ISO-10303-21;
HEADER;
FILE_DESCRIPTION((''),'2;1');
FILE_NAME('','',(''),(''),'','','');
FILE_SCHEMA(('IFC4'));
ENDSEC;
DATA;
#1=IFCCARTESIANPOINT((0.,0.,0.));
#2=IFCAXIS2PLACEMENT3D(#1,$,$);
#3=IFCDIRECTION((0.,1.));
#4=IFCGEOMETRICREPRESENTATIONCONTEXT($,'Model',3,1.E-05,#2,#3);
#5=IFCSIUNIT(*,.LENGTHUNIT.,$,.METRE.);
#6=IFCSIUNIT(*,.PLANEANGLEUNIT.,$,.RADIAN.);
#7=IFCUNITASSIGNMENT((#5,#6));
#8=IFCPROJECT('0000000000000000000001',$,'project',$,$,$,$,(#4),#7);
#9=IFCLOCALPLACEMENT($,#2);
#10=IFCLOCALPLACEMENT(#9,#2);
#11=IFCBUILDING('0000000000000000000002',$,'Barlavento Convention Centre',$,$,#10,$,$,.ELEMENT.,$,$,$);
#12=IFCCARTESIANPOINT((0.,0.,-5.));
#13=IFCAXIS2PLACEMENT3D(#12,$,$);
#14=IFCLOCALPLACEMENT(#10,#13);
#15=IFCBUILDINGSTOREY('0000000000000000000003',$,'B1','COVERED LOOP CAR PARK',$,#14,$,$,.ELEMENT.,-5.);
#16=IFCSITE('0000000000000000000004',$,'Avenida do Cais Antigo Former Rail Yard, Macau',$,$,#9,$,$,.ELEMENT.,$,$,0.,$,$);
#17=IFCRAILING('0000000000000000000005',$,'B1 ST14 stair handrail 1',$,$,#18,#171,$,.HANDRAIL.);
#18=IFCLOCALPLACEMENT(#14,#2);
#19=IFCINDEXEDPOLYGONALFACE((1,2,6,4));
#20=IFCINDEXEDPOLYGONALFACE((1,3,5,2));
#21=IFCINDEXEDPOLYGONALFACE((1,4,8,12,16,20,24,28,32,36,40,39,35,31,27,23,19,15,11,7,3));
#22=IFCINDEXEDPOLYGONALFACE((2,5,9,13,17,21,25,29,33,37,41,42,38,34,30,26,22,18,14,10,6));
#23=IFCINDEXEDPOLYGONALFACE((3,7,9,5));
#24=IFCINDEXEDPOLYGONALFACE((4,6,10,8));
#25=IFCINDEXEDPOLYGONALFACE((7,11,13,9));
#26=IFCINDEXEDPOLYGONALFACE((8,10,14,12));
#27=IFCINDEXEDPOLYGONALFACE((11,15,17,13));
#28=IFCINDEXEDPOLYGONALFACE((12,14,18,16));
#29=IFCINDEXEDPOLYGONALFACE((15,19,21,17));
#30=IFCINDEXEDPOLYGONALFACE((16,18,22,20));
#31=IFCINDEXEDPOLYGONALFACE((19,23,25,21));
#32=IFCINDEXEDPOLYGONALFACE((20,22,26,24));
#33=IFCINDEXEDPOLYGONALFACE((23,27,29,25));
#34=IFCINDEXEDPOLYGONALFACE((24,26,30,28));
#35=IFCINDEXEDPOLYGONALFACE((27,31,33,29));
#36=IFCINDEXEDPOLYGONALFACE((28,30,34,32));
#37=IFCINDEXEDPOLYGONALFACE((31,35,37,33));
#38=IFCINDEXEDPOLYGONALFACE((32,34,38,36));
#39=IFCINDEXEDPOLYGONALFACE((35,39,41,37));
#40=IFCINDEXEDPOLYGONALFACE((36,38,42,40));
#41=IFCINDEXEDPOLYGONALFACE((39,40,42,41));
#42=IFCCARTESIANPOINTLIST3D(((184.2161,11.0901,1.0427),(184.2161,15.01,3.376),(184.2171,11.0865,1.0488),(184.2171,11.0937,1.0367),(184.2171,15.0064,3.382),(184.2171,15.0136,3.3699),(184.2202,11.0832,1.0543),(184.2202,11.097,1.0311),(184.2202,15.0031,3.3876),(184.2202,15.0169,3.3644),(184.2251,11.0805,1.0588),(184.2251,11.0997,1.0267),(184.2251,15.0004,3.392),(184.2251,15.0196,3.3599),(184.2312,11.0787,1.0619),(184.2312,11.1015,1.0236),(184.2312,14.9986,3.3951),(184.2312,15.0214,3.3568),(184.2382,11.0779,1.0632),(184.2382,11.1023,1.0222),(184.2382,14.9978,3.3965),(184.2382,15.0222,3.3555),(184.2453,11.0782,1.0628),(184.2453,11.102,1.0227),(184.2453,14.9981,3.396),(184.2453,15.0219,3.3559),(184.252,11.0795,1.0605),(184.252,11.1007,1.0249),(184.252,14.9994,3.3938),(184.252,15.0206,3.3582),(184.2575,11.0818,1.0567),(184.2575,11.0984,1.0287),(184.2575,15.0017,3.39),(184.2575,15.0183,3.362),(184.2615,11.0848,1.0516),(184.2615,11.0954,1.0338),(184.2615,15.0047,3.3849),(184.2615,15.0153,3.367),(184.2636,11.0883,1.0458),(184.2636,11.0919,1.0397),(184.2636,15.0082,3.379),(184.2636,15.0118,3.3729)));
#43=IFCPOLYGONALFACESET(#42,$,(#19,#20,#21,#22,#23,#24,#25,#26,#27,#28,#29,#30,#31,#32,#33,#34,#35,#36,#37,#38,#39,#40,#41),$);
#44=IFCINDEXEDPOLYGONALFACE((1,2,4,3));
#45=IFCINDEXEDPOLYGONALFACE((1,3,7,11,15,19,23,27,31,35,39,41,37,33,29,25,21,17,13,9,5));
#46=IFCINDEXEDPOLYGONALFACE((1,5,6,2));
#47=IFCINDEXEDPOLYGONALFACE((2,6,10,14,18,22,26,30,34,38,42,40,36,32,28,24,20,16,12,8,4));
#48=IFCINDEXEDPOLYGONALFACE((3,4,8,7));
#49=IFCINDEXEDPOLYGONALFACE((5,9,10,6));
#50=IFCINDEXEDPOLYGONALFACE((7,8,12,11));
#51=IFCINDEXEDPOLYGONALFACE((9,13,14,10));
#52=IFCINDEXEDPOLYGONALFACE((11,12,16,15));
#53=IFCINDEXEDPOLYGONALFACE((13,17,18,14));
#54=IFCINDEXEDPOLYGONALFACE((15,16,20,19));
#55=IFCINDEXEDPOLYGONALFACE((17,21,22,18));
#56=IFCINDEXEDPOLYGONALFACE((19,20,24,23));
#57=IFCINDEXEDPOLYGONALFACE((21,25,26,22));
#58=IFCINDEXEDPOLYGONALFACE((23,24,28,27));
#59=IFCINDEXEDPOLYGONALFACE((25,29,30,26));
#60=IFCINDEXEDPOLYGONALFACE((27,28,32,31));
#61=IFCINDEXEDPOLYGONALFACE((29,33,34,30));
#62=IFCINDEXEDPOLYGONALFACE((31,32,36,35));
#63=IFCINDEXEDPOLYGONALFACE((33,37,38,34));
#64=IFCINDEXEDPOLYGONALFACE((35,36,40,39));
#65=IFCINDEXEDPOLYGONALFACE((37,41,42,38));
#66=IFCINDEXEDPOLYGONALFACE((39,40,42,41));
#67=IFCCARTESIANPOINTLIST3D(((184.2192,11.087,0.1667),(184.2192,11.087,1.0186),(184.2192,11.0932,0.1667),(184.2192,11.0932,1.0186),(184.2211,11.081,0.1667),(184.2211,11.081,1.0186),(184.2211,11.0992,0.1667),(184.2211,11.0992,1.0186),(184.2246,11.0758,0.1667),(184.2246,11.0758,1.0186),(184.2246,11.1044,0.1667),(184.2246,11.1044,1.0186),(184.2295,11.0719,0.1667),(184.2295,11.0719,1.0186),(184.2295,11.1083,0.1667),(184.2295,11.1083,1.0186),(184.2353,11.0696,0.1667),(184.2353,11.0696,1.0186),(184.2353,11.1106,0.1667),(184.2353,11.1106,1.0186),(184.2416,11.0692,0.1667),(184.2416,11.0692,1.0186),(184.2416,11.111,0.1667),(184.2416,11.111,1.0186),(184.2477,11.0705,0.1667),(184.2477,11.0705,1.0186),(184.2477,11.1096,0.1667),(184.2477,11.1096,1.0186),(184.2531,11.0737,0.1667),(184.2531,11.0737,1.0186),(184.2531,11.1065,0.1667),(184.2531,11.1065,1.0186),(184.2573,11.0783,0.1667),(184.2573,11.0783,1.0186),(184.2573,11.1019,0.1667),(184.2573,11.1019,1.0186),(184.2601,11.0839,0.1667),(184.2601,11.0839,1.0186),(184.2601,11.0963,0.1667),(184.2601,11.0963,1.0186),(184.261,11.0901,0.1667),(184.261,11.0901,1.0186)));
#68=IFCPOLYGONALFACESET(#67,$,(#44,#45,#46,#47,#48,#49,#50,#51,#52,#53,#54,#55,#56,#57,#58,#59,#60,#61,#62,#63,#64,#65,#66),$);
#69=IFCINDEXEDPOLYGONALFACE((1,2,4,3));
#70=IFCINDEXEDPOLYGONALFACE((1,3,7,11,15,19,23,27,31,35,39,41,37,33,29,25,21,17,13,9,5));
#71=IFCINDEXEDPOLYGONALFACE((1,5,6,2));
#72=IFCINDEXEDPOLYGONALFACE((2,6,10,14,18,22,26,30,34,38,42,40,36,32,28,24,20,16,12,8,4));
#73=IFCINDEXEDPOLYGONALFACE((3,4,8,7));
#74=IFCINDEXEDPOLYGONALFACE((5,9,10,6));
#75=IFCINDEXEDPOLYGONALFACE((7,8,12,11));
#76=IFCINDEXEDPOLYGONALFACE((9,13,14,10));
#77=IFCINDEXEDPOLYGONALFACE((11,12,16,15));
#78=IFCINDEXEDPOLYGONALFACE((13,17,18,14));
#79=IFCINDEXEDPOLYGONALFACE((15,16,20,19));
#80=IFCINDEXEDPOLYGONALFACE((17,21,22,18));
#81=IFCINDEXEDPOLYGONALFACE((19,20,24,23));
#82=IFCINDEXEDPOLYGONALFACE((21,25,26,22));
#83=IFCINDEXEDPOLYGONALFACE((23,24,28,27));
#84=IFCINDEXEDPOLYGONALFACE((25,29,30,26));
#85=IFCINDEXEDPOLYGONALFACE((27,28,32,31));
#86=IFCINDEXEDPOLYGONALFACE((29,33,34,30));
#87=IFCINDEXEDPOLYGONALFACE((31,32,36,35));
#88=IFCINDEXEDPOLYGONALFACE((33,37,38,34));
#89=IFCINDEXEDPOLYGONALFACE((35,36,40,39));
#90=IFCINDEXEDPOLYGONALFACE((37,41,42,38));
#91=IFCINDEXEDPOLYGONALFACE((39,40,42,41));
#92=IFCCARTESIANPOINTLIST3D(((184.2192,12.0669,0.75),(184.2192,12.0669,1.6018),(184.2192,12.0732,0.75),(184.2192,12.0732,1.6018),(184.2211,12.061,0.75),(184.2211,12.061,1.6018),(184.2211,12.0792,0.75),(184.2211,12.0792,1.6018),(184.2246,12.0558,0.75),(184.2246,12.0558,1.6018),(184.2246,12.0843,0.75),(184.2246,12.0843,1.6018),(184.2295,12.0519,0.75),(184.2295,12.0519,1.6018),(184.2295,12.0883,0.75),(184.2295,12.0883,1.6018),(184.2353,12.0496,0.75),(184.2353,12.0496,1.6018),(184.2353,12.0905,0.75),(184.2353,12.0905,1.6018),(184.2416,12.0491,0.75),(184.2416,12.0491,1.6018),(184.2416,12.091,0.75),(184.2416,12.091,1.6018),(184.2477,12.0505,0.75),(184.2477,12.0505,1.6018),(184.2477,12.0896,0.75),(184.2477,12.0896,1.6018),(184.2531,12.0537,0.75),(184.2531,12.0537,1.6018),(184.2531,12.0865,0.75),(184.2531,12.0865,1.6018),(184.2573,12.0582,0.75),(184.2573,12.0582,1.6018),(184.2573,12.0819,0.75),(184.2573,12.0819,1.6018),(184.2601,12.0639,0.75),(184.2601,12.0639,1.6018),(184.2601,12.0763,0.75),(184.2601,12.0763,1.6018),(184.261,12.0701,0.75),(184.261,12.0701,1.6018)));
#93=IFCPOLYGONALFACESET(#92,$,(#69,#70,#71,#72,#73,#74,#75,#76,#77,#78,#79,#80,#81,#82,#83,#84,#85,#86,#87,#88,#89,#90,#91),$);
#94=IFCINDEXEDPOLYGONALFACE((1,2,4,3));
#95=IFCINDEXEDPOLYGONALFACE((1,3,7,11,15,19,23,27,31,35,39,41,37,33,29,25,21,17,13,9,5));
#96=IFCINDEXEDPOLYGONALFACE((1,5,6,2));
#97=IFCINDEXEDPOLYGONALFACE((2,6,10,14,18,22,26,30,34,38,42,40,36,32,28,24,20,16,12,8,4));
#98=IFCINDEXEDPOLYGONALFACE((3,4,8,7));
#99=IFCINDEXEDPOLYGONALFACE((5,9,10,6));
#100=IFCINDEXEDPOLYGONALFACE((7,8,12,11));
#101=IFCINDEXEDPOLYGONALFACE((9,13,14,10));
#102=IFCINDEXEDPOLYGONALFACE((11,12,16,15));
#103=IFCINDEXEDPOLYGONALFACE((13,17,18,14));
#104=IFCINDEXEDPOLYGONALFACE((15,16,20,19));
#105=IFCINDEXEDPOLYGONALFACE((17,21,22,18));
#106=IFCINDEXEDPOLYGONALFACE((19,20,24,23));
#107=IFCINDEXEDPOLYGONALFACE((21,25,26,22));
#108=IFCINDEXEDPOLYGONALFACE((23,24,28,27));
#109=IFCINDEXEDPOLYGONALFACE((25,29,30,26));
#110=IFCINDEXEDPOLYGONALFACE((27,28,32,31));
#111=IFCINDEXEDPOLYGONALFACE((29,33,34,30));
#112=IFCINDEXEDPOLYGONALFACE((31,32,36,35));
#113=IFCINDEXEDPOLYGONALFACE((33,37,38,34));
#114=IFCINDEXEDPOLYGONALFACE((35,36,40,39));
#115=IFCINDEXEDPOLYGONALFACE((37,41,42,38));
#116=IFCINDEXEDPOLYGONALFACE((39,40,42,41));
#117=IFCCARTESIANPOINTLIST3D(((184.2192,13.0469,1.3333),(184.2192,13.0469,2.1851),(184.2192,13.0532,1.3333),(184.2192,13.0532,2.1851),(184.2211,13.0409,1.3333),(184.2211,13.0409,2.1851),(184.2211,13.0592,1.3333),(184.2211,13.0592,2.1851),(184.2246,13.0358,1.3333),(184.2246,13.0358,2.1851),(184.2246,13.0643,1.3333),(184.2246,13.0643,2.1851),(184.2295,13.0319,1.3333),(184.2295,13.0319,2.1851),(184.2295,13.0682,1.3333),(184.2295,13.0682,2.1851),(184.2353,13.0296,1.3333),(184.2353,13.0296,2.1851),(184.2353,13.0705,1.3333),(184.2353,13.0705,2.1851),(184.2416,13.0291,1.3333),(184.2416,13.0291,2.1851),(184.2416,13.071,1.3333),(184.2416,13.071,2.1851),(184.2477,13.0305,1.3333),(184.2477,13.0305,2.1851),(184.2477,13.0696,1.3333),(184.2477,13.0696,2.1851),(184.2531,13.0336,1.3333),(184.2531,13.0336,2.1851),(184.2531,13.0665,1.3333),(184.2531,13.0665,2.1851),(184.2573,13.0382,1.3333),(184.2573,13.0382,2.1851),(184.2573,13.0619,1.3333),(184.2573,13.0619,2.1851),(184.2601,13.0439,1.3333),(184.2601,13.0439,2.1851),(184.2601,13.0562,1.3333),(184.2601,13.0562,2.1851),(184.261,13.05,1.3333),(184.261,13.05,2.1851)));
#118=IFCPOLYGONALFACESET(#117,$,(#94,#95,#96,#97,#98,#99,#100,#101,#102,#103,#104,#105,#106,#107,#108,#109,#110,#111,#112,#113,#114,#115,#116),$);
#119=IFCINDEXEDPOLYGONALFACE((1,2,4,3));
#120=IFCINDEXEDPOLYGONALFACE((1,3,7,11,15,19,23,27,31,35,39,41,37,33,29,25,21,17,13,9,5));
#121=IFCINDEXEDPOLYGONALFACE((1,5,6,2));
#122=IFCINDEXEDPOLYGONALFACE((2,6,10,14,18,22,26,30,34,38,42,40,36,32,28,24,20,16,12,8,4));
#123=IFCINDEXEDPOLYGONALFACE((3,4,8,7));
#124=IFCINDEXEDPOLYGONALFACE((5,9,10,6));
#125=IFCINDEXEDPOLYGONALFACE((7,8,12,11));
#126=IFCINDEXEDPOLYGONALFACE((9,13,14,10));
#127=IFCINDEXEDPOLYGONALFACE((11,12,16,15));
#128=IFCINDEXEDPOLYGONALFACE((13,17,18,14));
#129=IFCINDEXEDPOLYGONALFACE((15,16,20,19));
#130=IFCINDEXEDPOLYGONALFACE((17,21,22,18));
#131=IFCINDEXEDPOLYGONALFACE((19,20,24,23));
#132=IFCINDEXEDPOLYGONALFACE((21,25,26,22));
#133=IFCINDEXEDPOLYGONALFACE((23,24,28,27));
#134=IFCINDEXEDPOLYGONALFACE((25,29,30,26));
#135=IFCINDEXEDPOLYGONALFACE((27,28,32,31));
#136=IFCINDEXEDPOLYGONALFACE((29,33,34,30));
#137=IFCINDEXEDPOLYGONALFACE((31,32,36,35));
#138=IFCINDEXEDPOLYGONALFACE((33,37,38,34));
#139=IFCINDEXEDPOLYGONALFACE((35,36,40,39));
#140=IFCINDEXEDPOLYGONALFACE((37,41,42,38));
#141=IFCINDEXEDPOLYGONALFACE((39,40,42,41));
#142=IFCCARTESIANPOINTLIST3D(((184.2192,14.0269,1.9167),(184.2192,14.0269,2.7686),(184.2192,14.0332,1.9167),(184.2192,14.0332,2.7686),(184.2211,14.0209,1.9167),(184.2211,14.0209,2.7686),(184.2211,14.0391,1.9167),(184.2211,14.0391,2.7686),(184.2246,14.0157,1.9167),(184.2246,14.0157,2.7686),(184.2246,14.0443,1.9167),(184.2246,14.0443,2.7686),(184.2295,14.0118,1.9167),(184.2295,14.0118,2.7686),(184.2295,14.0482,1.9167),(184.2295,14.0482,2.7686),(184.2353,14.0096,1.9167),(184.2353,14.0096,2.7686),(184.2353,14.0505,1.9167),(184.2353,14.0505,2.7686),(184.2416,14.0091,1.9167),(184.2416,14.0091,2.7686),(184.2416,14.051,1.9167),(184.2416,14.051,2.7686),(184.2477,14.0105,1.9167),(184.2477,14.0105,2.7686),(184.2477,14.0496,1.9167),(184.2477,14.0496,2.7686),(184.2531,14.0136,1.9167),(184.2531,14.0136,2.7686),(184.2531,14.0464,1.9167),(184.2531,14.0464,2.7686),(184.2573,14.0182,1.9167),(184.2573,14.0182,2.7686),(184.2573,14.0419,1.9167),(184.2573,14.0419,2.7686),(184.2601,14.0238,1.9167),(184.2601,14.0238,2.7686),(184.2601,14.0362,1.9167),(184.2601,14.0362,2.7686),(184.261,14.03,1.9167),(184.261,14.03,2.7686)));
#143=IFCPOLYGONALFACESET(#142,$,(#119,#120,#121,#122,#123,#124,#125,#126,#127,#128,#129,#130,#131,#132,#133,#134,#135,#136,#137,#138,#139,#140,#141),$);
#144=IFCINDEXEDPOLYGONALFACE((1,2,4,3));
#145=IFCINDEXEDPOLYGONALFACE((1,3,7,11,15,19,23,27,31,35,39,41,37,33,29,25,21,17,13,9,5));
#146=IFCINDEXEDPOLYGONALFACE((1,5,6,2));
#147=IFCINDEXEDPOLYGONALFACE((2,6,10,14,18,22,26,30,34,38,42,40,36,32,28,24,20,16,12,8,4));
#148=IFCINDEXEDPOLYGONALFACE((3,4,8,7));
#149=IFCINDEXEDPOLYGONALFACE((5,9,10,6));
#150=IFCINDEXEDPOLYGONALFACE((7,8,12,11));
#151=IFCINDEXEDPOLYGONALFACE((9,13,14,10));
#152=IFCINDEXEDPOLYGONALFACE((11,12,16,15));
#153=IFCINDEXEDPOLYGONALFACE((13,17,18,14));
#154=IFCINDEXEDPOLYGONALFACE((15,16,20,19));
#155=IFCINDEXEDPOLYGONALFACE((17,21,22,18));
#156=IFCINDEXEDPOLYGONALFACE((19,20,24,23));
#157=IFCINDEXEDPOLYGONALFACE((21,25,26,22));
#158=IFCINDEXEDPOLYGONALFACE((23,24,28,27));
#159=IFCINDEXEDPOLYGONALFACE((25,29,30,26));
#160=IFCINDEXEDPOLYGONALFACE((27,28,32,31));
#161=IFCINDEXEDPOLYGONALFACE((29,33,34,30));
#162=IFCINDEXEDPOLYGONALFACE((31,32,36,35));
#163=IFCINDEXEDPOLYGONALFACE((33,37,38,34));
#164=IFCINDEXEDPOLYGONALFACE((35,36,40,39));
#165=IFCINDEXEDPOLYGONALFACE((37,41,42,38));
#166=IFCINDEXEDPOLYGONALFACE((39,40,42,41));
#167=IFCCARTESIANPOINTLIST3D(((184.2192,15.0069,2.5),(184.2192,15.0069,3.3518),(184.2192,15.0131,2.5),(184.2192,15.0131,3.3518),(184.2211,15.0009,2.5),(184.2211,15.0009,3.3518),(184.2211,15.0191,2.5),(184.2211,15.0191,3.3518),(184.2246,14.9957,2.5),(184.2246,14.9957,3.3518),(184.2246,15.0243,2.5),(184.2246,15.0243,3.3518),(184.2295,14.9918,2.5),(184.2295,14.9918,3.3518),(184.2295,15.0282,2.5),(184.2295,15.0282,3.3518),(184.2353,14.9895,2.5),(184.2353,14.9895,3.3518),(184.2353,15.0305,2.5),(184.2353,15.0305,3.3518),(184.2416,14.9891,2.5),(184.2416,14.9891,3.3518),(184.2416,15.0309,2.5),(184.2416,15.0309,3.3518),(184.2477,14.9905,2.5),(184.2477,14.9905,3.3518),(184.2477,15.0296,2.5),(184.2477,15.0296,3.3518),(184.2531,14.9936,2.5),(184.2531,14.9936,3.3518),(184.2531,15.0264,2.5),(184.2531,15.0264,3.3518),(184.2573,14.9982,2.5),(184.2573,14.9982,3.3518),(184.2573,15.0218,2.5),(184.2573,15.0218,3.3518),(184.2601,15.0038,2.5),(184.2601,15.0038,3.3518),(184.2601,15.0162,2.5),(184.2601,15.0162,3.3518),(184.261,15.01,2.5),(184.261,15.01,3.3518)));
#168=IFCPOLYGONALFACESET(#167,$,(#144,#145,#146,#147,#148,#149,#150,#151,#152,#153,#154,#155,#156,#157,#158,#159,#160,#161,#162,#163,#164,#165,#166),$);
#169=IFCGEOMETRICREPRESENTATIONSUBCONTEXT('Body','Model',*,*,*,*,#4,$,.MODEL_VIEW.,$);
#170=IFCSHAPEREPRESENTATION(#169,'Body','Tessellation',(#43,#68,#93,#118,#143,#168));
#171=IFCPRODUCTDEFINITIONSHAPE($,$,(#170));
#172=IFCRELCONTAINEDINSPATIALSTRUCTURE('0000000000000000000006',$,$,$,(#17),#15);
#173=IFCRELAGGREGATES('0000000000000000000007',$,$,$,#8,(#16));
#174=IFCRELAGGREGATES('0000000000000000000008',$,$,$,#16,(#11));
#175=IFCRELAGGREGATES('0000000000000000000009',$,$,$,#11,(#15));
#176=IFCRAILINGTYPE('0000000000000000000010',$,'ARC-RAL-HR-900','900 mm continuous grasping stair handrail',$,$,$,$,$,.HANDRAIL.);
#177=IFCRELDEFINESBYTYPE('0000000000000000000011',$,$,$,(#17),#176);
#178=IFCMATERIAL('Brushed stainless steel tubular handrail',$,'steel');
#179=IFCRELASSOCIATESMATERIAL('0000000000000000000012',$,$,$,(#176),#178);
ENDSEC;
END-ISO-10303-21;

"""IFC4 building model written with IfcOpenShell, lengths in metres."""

from ifc_helpers import new_model, si_unit, direction, frame, origin, origin_2d, place, context, subcontext, project, spatial, circle, extrude, material, type_object, element, save


model = new_model("IFC4")

# Units and contexts
model_context = context("Model", 3, precision=1e-05, world=origin(), true_north=direction((0.0, 1.0)))
body_context = subcontext(model_context, "Body", "Model", "MODEL_VIEW")
ifc_project = project(units=[si_unit("LENGTHUNIT", "METRE"), si_unit("PLANEANGLEUNIT", "RADIAN")], contexts=[model_context])

# Site, building, storey
site_placement = place(None, origin())
site = spatial("IfcSite", under=ifc_project, at=site_placement, Name="Avenida do Cais Antigo Former Rail Yard, Macau", CompositionType="ELEMENT", RefElevation=0.0)
building_placement = place(site_placement, origin())
building = spatial("IfcBuilding", under=site, at=building_placement, Name="Barlavento Convention Centre", CompositionType="ELEMENT")
storey_placement = place(building_placement, frame((0.0, 0.0, -5.0)))
storey = spatial("IfcBuildingStorey", under=building, at=storey_placement, Name="B1", Description="COVERED LOOP CAR PARK", CompositionType="ELEMENT", Elevation=-5.0)

# Railing
ifc_material_1 = material(Name="Brushed stainless steel tubular handrail", Category="steel")
railing_type_1 = type_object("IfcRailingType", Name="ARC-RAL-HR-900", Description="900 mm continuous grasping stair handrail", PredefinedType="HANDRAIL", material=ifc_material_1)
railing_1_placement = place(storey_placement, frame((184.24, 11.0901, 0.1667)))
element("IfcRailing", 1, at=railing_1_placement, inside=storey, type_object=railing_type_1, Name="B1 ST14 stair handrail 1", PredefinedType="HANDRAIL", context=body_context, shape_type="SweptSolid", body=[
    extrude(circle(Radius=0.0239, at=origin_2d()), frame((0.0, 0.0, 0.876), z_axis=(0.0, 0.859296, 0.511478), x_axis=(-1.0, 0.0, 0.0)), (0.0, 0.0, 1.0), 4.5618),
    extrude(circle(Radius=0.021, at=origin_2d()), origin(), (0.0, 0.0, 1.0), 0.8518),
    extrude(circle(Radius=0.021, at=origin_2d()), frame((0.0, 0.98, 0.5833)), (0.0, 0.0, 1.0), 0.8518),
    extrude(circle(Radius=0.021, at=origin_2d()), frame((0.0, 1.96, 1.1665)), (0.0, 0.0, 1.0), 0.8518),
    extrude(circle(Radius=0.021, at=origin_2d()), frame((0.0, 2.9399, 1.75)), (0.0, 0.0, 1.0), 0.8518),
    extrude(circle(Radius=0.021, at=origin_2d()), frame((0.0, 3.9199, 2.3333)), (0.0, 0.0, 1.0), 0.8518),
])

save(model, "model.ifc")
